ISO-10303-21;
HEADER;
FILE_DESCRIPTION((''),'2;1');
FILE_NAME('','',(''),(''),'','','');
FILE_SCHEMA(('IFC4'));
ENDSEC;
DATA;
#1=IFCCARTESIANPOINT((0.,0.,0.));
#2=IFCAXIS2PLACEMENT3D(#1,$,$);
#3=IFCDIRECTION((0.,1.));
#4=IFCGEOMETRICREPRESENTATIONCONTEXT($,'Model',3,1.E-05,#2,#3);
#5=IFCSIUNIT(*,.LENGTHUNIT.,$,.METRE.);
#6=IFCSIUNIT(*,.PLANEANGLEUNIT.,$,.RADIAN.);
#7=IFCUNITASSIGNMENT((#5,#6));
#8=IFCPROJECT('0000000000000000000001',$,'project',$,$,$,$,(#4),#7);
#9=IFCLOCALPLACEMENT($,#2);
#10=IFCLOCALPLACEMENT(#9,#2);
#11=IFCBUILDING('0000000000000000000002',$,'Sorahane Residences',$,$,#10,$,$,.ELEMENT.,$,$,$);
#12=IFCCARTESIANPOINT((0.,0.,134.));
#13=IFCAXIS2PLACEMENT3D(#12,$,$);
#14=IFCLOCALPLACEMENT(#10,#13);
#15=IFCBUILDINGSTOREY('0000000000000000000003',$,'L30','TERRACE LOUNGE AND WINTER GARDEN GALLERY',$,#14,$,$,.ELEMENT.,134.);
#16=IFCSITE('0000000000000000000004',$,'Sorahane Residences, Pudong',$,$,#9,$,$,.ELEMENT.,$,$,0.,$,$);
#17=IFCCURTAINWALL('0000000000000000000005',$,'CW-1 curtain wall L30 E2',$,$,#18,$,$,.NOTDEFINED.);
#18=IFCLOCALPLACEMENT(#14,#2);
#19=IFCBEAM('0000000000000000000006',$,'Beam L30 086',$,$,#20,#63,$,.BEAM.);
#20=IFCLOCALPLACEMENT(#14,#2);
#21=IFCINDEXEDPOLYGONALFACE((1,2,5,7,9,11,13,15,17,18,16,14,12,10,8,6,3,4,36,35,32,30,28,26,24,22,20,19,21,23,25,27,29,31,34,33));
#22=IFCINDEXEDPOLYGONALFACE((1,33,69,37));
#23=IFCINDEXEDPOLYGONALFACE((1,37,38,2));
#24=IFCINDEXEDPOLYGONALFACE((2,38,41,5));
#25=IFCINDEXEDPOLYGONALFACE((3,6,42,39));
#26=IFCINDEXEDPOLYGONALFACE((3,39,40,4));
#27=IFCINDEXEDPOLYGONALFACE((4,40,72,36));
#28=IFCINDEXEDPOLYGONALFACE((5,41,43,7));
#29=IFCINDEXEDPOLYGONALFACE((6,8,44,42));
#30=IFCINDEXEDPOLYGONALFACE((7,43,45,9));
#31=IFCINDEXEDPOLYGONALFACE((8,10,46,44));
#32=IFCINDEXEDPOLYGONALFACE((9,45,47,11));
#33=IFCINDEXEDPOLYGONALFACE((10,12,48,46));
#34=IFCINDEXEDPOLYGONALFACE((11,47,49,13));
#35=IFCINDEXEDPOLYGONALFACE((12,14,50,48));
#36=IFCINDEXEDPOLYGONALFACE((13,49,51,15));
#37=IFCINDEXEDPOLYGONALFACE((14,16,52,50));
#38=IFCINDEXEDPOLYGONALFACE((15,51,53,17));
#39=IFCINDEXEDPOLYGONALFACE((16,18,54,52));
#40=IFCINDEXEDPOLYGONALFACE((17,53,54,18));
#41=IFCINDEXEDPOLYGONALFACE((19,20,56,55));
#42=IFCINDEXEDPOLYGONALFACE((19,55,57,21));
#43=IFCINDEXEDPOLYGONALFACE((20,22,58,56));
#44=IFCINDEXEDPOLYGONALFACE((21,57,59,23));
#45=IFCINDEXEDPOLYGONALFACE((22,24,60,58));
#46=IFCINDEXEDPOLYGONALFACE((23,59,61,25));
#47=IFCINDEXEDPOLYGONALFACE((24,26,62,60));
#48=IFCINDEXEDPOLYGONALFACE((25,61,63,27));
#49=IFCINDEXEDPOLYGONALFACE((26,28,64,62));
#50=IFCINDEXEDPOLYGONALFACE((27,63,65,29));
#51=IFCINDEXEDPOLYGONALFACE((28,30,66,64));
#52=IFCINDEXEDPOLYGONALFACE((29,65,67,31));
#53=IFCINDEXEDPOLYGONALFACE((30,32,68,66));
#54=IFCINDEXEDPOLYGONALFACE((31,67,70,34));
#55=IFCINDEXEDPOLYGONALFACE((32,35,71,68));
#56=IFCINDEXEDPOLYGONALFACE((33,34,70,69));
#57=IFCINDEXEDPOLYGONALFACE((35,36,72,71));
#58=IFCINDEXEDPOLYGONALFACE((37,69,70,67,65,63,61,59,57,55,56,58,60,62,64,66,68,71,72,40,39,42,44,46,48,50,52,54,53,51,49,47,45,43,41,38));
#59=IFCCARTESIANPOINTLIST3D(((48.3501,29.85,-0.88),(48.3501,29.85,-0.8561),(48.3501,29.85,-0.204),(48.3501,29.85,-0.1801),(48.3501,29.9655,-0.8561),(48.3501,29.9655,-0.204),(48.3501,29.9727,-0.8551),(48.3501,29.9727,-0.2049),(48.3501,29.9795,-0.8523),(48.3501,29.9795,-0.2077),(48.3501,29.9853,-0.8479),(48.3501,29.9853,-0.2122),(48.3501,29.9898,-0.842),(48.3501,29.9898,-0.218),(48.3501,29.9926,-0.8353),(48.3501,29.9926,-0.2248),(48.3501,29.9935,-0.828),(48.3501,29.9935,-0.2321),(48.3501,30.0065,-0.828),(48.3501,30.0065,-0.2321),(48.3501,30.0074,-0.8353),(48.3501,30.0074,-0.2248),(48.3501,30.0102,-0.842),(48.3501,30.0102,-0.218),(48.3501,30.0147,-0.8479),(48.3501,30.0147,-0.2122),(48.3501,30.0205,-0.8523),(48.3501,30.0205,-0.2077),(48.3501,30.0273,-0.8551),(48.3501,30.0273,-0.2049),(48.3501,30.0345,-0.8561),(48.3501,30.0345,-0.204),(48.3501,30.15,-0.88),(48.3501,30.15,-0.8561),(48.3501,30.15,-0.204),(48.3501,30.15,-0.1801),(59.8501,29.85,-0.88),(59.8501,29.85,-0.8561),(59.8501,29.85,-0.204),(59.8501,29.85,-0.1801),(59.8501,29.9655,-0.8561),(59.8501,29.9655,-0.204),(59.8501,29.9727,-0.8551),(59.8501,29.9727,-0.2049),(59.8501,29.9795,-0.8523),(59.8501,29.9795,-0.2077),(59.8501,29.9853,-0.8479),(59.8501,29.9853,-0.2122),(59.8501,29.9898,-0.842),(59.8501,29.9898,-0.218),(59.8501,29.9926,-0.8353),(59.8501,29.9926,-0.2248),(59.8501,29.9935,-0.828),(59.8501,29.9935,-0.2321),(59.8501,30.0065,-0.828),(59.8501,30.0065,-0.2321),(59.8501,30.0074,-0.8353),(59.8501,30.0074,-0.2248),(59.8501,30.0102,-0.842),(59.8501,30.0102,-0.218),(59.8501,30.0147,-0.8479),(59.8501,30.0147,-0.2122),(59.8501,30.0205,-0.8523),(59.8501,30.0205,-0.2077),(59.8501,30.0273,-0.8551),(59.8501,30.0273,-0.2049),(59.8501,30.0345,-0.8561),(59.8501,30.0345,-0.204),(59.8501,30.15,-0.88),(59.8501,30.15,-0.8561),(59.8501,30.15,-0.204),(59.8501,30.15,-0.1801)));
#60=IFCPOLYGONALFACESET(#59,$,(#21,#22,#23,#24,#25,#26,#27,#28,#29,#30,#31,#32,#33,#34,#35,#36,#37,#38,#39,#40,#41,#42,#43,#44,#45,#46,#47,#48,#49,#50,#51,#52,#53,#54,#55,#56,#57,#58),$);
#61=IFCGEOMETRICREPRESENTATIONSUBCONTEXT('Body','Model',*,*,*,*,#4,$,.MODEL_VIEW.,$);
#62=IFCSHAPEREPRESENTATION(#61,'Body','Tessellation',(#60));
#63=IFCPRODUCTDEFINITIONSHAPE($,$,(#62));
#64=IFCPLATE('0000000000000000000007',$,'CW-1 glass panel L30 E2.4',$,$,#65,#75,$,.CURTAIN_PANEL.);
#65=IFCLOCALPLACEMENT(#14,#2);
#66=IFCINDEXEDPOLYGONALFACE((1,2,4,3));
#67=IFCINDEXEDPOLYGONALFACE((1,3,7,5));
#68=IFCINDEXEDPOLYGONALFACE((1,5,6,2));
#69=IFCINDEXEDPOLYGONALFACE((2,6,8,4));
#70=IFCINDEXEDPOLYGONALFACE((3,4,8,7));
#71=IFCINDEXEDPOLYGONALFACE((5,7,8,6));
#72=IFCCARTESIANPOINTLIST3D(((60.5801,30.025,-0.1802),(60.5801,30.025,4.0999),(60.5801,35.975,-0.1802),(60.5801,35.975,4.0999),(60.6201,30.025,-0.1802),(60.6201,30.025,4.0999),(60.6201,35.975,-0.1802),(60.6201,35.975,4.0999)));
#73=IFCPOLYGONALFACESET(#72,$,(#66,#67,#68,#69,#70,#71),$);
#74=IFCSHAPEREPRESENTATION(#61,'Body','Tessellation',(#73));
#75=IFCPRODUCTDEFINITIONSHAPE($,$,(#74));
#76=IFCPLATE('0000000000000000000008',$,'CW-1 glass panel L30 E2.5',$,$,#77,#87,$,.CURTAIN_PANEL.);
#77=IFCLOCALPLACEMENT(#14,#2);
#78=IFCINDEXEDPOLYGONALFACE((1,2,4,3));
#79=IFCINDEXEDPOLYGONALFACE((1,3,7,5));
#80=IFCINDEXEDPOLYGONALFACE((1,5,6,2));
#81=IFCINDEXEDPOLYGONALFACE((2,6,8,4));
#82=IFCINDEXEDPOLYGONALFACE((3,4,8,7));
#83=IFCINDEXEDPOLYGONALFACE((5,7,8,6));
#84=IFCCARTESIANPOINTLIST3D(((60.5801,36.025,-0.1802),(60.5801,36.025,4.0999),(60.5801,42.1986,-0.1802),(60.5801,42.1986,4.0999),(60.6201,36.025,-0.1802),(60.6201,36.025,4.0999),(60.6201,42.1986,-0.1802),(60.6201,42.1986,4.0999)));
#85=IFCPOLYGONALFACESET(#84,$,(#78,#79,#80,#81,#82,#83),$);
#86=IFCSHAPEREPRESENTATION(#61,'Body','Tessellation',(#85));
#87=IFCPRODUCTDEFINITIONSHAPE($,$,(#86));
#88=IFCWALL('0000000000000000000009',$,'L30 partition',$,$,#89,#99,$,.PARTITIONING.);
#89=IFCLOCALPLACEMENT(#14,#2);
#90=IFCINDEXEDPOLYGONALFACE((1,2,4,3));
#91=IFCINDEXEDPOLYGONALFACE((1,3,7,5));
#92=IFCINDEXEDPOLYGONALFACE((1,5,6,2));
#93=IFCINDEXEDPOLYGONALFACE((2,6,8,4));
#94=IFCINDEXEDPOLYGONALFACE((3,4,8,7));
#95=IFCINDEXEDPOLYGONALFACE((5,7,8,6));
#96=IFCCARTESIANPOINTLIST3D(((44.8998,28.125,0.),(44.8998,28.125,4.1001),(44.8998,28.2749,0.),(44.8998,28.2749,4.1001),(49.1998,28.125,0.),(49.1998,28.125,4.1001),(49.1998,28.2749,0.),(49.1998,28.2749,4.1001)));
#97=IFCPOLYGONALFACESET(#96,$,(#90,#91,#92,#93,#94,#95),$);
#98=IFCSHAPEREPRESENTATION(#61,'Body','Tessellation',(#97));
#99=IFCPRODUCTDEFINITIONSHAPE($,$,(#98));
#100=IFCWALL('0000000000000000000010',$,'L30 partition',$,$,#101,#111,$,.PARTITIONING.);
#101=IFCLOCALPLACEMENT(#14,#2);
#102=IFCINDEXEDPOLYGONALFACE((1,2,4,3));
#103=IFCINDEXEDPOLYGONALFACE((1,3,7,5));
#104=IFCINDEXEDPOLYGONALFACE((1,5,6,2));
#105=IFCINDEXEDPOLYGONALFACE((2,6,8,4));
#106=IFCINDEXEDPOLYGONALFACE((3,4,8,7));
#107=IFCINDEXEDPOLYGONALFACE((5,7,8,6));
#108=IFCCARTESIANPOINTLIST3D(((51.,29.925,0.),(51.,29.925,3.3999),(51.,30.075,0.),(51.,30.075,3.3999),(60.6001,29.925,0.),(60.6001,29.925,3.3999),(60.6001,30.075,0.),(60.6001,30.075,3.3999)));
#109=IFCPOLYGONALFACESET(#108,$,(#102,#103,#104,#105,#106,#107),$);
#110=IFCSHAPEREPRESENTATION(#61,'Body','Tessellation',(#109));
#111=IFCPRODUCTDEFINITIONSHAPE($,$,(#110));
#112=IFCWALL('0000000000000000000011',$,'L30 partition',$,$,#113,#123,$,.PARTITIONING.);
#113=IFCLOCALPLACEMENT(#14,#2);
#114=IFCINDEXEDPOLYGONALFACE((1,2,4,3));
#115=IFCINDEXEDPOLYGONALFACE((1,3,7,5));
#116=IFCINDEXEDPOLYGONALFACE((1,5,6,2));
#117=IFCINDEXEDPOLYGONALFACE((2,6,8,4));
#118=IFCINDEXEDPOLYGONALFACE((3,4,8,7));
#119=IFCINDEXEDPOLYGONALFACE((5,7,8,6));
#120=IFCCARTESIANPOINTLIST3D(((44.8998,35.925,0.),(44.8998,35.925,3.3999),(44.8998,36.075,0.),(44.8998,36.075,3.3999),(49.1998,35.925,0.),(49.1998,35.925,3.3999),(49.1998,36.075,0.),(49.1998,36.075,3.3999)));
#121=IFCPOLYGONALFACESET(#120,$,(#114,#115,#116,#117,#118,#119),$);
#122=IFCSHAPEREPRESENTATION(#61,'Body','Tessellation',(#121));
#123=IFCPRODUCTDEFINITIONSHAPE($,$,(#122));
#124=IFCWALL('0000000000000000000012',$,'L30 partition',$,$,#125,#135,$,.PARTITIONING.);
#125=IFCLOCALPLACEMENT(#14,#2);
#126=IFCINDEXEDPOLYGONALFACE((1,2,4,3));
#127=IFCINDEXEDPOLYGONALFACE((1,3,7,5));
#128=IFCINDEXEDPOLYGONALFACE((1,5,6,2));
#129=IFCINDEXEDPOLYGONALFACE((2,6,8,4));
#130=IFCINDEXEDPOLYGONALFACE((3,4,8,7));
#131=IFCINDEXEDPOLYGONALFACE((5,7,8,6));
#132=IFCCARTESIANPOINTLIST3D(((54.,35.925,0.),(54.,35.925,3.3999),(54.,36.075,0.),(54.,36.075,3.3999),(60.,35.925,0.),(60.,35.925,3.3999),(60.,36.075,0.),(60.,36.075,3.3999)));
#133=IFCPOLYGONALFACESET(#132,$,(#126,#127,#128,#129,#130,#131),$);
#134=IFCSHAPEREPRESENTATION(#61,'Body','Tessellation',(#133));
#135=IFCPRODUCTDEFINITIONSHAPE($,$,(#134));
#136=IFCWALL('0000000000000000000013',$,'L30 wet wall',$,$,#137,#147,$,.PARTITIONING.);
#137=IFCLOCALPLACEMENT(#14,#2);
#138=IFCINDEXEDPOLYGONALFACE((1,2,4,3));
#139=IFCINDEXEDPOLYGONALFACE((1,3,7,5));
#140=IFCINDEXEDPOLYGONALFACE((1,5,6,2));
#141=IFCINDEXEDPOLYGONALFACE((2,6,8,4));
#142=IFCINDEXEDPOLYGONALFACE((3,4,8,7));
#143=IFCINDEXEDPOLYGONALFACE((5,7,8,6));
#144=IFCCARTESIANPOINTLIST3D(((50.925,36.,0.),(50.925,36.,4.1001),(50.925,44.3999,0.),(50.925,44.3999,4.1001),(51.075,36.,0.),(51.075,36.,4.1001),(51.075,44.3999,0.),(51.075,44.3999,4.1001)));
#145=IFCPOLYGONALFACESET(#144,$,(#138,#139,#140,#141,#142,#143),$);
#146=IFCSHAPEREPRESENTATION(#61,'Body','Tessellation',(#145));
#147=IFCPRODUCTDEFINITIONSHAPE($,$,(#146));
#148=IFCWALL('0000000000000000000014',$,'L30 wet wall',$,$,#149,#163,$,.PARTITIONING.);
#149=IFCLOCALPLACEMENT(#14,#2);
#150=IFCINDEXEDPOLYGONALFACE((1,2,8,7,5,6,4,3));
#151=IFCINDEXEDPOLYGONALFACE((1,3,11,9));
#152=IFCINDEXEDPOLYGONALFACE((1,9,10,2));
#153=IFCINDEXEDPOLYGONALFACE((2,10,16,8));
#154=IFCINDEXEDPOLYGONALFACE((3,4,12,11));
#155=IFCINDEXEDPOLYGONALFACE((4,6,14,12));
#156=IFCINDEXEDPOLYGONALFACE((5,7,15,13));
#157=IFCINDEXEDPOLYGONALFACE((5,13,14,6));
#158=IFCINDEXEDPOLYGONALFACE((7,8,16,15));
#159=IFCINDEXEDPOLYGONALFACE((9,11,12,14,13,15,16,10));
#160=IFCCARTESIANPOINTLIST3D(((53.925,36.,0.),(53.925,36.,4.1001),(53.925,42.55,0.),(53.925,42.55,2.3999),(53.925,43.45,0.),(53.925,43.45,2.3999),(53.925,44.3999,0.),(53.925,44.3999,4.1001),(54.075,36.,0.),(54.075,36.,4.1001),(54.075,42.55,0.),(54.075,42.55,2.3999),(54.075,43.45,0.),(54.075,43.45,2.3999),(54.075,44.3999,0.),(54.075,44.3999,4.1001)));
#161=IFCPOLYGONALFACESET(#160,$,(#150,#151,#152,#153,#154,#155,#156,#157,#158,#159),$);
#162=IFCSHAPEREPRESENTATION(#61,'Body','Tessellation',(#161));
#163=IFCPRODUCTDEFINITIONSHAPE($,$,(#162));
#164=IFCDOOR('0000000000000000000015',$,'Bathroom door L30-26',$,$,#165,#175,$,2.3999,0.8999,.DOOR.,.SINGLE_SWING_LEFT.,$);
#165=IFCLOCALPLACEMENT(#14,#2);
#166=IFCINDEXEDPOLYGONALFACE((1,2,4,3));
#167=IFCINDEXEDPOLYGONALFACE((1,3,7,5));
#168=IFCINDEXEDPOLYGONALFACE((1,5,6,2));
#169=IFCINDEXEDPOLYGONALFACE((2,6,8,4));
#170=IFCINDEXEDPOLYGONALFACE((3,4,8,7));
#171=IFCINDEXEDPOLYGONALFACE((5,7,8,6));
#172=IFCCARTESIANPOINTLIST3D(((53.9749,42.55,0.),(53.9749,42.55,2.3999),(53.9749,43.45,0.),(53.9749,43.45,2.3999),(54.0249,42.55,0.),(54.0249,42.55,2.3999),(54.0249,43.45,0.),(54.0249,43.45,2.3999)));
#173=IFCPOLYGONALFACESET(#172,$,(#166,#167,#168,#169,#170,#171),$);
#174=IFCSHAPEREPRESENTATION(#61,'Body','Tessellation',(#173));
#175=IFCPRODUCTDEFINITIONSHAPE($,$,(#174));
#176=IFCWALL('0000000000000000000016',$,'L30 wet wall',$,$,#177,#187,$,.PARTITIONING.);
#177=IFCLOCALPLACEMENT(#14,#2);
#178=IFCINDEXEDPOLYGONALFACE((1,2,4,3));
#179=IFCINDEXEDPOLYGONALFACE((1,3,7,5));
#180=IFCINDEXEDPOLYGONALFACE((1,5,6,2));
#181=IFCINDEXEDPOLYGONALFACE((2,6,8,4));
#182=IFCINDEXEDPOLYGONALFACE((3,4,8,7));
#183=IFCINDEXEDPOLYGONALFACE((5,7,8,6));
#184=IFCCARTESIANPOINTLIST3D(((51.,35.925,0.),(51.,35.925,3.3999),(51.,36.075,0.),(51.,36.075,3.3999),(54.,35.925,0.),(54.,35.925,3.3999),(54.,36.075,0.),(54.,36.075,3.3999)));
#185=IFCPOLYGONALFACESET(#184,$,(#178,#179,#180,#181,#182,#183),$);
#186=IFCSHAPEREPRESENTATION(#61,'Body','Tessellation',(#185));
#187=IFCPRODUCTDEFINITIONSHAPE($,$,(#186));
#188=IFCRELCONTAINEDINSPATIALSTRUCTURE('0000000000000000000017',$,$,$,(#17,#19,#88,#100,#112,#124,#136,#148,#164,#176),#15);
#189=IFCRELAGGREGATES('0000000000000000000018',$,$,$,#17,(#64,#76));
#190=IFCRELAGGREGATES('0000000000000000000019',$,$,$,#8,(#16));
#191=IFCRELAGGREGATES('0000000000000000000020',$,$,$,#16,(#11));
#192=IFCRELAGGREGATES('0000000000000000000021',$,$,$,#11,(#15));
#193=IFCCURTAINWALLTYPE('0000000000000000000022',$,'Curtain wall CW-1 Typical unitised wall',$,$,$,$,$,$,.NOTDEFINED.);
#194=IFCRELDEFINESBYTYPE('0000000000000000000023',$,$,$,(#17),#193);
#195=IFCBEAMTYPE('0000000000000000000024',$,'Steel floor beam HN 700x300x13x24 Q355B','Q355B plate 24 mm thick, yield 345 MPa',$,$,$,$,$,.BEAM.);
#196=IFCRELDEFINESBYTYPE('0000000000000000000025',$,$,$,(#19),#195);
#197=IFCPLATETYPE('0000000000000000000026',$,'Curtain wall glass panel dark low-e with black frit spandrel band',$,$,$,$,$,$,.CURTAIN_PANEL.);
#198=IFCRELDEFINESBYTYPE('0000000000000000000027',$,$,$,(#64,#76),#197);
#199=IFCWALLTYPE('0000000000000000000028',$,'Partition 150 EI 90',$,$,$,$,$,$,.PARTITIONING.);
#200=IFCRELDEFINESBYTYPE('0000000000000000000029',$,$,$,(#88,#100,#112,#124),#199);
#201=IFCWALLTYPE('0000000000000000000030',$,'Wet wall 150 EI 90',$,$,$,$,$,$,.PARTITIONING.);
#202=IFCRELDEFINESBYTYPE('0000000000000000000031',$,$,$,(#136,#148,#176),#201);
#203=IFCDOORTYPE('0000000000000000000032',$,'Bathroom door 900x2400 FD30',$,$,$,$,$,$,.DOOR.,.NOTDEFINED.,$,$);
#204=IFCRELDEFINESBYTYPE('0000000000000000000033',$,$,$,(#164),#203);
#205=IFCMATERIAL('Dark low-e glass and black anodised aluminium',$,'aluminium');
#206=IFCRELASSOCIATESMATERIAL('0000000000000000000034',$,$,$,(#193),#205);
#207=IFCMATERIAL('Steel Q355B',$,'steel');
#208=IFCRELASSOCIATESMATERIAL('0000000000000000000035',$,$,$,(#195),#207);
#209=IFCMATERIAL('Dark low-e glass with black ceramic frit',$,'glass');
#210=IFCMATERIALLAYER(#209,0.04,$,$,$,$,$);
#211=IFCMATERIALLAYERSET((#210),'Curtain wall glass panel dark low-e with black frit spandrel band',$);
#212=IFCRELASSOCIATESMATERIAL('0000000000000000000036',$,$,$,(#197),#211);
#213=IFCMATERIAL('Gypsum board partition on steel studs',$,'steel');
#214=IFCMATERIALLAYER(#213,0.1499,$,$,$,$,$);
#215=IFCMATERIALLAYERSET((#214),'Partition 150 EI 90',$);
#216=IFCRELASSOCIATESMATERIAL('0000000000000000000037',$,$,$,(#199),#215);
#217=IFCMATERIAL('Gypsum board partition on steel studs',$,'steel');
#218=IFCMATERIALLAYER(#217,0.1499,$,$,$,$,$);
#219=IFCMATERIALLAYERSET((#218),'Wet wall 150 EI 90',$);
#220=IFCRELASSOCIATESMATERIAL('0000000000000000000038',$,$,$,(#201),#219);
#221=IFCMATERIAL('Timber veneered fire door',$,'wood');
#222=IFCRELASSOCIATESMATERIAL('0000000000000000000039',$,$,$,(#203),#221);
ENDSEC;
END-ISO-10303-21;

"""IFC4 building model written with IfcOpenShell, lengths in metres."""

from ifc_helpers import new_model, si_unit, direction, frame, frame_2d, origin, origin_2d, place, context, subcontext, project, spatial, rectangle, i_section, extrude, material, layer, layer_set, material_profile, profile_set, type_object, element, fill, aggregate, save


model = new_model("IFC4")

# Units and contexts
model_context = context("Model", 3, precision=1e-05, world=origin(), true_north=direction((0.0, 1.0)))
body_context = subcontext(model_context, "Body", "Model", "MODEL_VIEW")
ifc_project = project(units=[si_unit("LENGTHUNIT", "METRE"), si_unit("PLANEANGLEUNIT", "RADIAN")], contexts=[model_context])

# Site, building, storey
site_placement = place(None, origin())
site = spatial("IfcSite", under=ifc_project, at=site_placement, Name="Sorahane Residences, Pudong", CompositionType="ELEMENT", RefElevation=0.0)
building_placement = place(site_placement, origin())
building = spatial("IfcBuilding", under=site, at=building_placement, Name="Sorahane Residences", CompositionType="ELEMENT")
storey_placement = place(building_placement, frame((0.0, 0.0, 134.0)))
storey = spatial("IfcBuildingStorey", under=building, at=storey_placement, Name="L30", Description="TERRACE LOUNGE AND WINTER GARDEN GALLERY", CompositionType="ELEMENT", Elevation=134.0)

# Curtain wall
ifc_material_1 = material(Name="Dark low-e glass and black anodised aluminium", Category="aluminium")
curtain_wall_type = type_object("IfcCurtainWallType", Name="Curtain wall CW-1 Typical unitised wall", PredefinedType="NOTDEFINED", material=ifc_material_1)
curtain_wall_placement = place(storey_placement, origin())
curtain_wall = element("IfcCurtainWall", 1, at=curtain_wall_placement, inside=storey, type_object=curtain_wall_type, Name="CW-1 curtain wall L30 E2", PredefinedType="NOTDEFINED")

# Beam
ifc_material_2 = material(Name="Steel Q355B", Category="steel")
ifc_material_profile_1 = material_profile(ifc_material_2, i_section(OverallWidth=0.3, OverallDepth=0.7, WebThickness=0.0129, FlangeThickness=0.0239, FilletRadius=0.0281, at=origin_2d()), Name="HN 700x300x13x24")
ifc_profile_set_1 = profile_set([ifc_material_profile_1], Name="Steel Q355B")
beam_type_1 = type_object("IfcBeamType", Name="Steel floor beam HN 700x300x13x24 Q355B", Description="Q355B plate 24 mm thick, yield 345 MPa", PredefinedType="BEAM", material=ifc_profile_set_1)
beam_1_placement = place(storey_placement, frame((48.3501, 30.0, -0.53), z_axis=(1.0, 0.0, 0.0), x_axis=(0.0, 1.0, 0.0)))
element("IfcBeam", 2, at=beam_1_placement, inside=storey, type_object=beam_type_1, Name="Beam L30 086", PredefinedType="BEAM", context=body_context, shape_type="SweptSolid", body=[
    extrude(i_section(OverallWidth=0.3, OverallDepth=0.7, WebThickness=0.0129, FlangeThickness=0.0239, FilletRadius=0.0281, at=origin_2d()), origin(), (0.0, 0.0, 1.0), 11.5),
])

# Plates
ifc_material_3 = material(Name="Dark low-e glass with black ceramic frit", Category="glass")
ifc_layer_1 = layer(ifc_material_3, 0.04)
ifc_layer_set_1 = layer_set([ifc_layer_1], Name="Curtain wall glass panel dark low-e with black frit spandrel band")
plate_type = type_object("IfcPlateType", Name="Curtain wall glass panel dark low-e with black frit spandrel band", PredefinedType="CURTAIN_PANEL", material=ifc_layer_set_1)
plate_1_placement = place(storey_placement, frame((60.6001, 33.0, -0.1802), z_axis=(0.0, 0.0, 1.0), x_axis=(0.0, 1.0, 0.0)))
plate_1 = element("IfcPlate", 3, at=plate_1_placement, type_object=plate_type, Name="CW-1 glass panel L30 E2.4", PredefinedType="CURTAIN_PANEL", context=body_context, shape_type="SweptSolid", body=[
    extrude(rectangle(XDim=5.95, YDim=0.04, at=origin_2d()), origin(), (0.0, 0.0, 1.0), 4.28),
])
plate_2_placement = place(storey_placement, frame((60.6001, 39.1118, -0.1802), z_axis=(0.0, 0.0, 1.0), x_axis=(0.0, 1.0, 0.0)))
plate_2 = element("IfcPlate", 4, at=plate_2_placement, type_object=plate_type, Name="CW-1 glass panel L30 E2.5", PredefinedType="CURTAIN_PANEL", context=body_context, shape_type="SweptSolid", body=[
    extrude(rectangle(XDim=6.1736, YDim=0.04, at=origin_2d()), origin(), (0.0, 0.0, 1.0), 4.28),
])
aggregate(curtain_wall, [plate_1, plate_2])

# Walls
ifc_material_4 = material(Name="Gypsum board partition on steel studs", Category="steel")
ifc_layer_2 = layer(ifc_material_4, 0.1499)
ifc_layer_set_2 = layer_set([ifc_layer_2], Name="Partition 150 EI 90")
wall_type_1 = type_object("IfcWallType", Name="Partition 150 EI 90", PredefinedType="PARTITIONING", material=ifc_layer_set_2)
wall_1_placement = place(storey_placement, frame((44.8999, 28.2, 0.0), z_axis=(0.0, 0.0, 1.0), x_axis=(1.0, 0.0, 0.0)))
element("IfcWall", 5, at=wall_1_placement, inside=storey, type_object=wall_type_1, Name="L30 partition", PredefinedType="PARTITIONING", context=body_context, shape_type="SweptSolid", body=[
    extrude(rectangle(XDim=4.3, YDim=0.1499, at=frame_2d((2.1499, 0.0))), origin(), (0.0, 0.0, 1.0), 4.1001),
])
wall_2_placement = place(storey_placement, frame((51.0, 30.0, 0.0), z_axis=(0.0, 0.0, 1.0), x_axis=(1.0, 0.0, 0.0)))
element("IfcWall", 6, at=wall_2_placement, inside=storey, type_object=wall_type_1, Name="L30 partition", PredefinedType="PARTITIONING", context=body_context, shape_type="SweptSolid", body=[
    extrude(rectangle(XDim=9.6001, YDim=0.1499, at=frame_2d((4.8, 0.0))), origin(), (0.0, 0.0, 1.0), 3.3999),
])
wall_3_placement = place(storey_placement, frame((44.8999, 36.0, 0.0), z_axis=(0.0, 0.0, 1.0), x_axis=(1.0, 0.0, 0.0)))
element("IfcWall", 7, at=wall_3_placement, inside=storey, type_object=wall_type_1, Name="L30 partition", PredefinedType="PARTITIONING", context=body_context, shape_type="SweptSolid", body=[
    extrude(rectangle(XDim=4.3, YDim=0.1499, at=frame_2d((2.1499, 0.0))), origin(), (0.0, 0.0, 1.0), 3.3999),
])
wall_4_placement = place(storey_placement, frame((54.0, 36.0, 0.0), z_axis=(0.0, 0.0, 1.0), x_axis=(1.0, 0.0, 0.0)))
element("IfcWall", 8, at=wall_4_placement, inside=storey, type_object=wall_type_1, Name="L30 partition", PredefinedType="PARTITIONING", context=body_context, shape_type="SweptSolid", body=[
    extrude(rectangle(XDim=6.0, YDim=0.1499, at=frame_2d((3.0, 0.0))), origin(), (0.0, 0.0, 1.0), 3.3999),
])
ifc_material_5 = material(Name="Gypsum board partition on steel studs", Category="steel")
ifc_layer_3 = layer(ifc_material_5, 0.1499)
ifc_layer_set_3 = layer_set([ifc_layer_3], Name="Wet wall 150 EI 90")
wall_type_2 = type_object("IfcWallType", Name="Wet wall 150 EI 90", PredefinedType="PARTITIONING", material=ifc_layer_set_3)
wall_5_placement = place(storey_placement, frame((51.0, 36.0, 0.0), z_axis=(0.0, 0.0, 1.0), x_axis=(0.0, 1.0, 0.0)))
element("IfcWall", 9, at=wall_5_placement, inside=storey, type_object=wall_type_2, Name="L30 wet wall", PredefinedType="PARTITIONING", context=body_context, shape_type="SweptSolid", body=[
    extrude(rectangle(XDim=8.3999, YDim=0.1499, at=frame_2d((4.2, 0.0))), origin(), (0.0, 0.0, 1.0), 4.1001),
])

# Wall, opening, door
wall_6_placement = place(storey_placement, frame((54.0, 36.0, 0.0), z_axis=(0.0, 0.0, 1.0), x_axis=(0.0, 1.0, 0.0)))
wall_6 = element("IfcWall", 10, at=wall_6_placement, inside=storey, type_object=wall_type_2, Name="L30 wet wall", PredefinedType="PARTITIONING", context=body_context, shape_type="SweptSolid", body=[
    extrude(rectangle(XDim=8.3999, YDim=0.1499, at=frame_2d((4.2, 0.0))), origin(), (0.0, 0.0, 1.0), 4.1001),
])
opening_placement = place(wall_6_placement, frame((6.55, 0.0, 0.0)))
opening = element("IfcOpeningElement", 11, at=opening_placement, cuts=wall_6, PredefinedType="OPENING", context=body_context, shape_type="SweptSolid", body=[
    extrude(rectangle(XDim=0.8999, YDim=2.3999, at=frame_2d((0.45, 1.2))), frame((0.0, 0.085, 0.0), z_axis=(0.0, -1.0, 0.0), x_axis=(1.0, 0.0, 0.0)), (0.0, 0.0, 1.0), 0.1699),
])
ifc_material_6 = material(Name="Timber veneered fire door", Category="wood")
door_type = type_object("IfcDoorType", Name="Bathroom door 900x2400 FD30", OperationType="NOTDEFINED", PredefinedType="DOOR", material=ifc_material_6)
door_placement = place(opening_placement, frame((0.8999, 0.0, 0.0), z_axis=(0.0, 0.0, 1.0), x_axis=(-1.0, 0.0, 0.0)))
door = element("IfcDoor", 12, at=door_placement, inside=storey, type_object=door_type, Name="Bathroom door L30-26", OperationType="SINGLE_SWING_LEFT", OverallHeight=2.3999, OverallWidth=0.8999, PredefinedType="DOOR", context=body_context, shape_type="SweptSolid", body=[
    extrude(rectangle(XDim=0.8999, YDim=2.3999, at=frame_2d((0.45, 1.2))), frame((0.0, 0.0249, 0.0), z_axis=(0.0, -1.0, 0.0), x_axis=(1.0, 0.0, 0.0)), (0.0, 0.0, 1.0), 0.05),
])
fill(opening, door)

# Wall
wall_7_placement = place(storey_placement, frame((51.0, 36.0, 0.0), z_axis=(0.0, 0.0, 1.0), x_axis=(1.0, 0.0, 0.0)))
element("IfcWall", 13, at=wall_7_placement, inside=storey, type_object=wall_type_2, Name="L30 wet wall", PredefinedType="PARTITIONING", context=body_context, shape_type="SweptSolid", body=[
    extrude(rectangle(XDim=3.0, YDim=0.1499, at=frame_2d((1.5, 0.0))), origin(), (0.0, 0.0, 1.0), 3.3999),
])

save(model, "model.ifc")
